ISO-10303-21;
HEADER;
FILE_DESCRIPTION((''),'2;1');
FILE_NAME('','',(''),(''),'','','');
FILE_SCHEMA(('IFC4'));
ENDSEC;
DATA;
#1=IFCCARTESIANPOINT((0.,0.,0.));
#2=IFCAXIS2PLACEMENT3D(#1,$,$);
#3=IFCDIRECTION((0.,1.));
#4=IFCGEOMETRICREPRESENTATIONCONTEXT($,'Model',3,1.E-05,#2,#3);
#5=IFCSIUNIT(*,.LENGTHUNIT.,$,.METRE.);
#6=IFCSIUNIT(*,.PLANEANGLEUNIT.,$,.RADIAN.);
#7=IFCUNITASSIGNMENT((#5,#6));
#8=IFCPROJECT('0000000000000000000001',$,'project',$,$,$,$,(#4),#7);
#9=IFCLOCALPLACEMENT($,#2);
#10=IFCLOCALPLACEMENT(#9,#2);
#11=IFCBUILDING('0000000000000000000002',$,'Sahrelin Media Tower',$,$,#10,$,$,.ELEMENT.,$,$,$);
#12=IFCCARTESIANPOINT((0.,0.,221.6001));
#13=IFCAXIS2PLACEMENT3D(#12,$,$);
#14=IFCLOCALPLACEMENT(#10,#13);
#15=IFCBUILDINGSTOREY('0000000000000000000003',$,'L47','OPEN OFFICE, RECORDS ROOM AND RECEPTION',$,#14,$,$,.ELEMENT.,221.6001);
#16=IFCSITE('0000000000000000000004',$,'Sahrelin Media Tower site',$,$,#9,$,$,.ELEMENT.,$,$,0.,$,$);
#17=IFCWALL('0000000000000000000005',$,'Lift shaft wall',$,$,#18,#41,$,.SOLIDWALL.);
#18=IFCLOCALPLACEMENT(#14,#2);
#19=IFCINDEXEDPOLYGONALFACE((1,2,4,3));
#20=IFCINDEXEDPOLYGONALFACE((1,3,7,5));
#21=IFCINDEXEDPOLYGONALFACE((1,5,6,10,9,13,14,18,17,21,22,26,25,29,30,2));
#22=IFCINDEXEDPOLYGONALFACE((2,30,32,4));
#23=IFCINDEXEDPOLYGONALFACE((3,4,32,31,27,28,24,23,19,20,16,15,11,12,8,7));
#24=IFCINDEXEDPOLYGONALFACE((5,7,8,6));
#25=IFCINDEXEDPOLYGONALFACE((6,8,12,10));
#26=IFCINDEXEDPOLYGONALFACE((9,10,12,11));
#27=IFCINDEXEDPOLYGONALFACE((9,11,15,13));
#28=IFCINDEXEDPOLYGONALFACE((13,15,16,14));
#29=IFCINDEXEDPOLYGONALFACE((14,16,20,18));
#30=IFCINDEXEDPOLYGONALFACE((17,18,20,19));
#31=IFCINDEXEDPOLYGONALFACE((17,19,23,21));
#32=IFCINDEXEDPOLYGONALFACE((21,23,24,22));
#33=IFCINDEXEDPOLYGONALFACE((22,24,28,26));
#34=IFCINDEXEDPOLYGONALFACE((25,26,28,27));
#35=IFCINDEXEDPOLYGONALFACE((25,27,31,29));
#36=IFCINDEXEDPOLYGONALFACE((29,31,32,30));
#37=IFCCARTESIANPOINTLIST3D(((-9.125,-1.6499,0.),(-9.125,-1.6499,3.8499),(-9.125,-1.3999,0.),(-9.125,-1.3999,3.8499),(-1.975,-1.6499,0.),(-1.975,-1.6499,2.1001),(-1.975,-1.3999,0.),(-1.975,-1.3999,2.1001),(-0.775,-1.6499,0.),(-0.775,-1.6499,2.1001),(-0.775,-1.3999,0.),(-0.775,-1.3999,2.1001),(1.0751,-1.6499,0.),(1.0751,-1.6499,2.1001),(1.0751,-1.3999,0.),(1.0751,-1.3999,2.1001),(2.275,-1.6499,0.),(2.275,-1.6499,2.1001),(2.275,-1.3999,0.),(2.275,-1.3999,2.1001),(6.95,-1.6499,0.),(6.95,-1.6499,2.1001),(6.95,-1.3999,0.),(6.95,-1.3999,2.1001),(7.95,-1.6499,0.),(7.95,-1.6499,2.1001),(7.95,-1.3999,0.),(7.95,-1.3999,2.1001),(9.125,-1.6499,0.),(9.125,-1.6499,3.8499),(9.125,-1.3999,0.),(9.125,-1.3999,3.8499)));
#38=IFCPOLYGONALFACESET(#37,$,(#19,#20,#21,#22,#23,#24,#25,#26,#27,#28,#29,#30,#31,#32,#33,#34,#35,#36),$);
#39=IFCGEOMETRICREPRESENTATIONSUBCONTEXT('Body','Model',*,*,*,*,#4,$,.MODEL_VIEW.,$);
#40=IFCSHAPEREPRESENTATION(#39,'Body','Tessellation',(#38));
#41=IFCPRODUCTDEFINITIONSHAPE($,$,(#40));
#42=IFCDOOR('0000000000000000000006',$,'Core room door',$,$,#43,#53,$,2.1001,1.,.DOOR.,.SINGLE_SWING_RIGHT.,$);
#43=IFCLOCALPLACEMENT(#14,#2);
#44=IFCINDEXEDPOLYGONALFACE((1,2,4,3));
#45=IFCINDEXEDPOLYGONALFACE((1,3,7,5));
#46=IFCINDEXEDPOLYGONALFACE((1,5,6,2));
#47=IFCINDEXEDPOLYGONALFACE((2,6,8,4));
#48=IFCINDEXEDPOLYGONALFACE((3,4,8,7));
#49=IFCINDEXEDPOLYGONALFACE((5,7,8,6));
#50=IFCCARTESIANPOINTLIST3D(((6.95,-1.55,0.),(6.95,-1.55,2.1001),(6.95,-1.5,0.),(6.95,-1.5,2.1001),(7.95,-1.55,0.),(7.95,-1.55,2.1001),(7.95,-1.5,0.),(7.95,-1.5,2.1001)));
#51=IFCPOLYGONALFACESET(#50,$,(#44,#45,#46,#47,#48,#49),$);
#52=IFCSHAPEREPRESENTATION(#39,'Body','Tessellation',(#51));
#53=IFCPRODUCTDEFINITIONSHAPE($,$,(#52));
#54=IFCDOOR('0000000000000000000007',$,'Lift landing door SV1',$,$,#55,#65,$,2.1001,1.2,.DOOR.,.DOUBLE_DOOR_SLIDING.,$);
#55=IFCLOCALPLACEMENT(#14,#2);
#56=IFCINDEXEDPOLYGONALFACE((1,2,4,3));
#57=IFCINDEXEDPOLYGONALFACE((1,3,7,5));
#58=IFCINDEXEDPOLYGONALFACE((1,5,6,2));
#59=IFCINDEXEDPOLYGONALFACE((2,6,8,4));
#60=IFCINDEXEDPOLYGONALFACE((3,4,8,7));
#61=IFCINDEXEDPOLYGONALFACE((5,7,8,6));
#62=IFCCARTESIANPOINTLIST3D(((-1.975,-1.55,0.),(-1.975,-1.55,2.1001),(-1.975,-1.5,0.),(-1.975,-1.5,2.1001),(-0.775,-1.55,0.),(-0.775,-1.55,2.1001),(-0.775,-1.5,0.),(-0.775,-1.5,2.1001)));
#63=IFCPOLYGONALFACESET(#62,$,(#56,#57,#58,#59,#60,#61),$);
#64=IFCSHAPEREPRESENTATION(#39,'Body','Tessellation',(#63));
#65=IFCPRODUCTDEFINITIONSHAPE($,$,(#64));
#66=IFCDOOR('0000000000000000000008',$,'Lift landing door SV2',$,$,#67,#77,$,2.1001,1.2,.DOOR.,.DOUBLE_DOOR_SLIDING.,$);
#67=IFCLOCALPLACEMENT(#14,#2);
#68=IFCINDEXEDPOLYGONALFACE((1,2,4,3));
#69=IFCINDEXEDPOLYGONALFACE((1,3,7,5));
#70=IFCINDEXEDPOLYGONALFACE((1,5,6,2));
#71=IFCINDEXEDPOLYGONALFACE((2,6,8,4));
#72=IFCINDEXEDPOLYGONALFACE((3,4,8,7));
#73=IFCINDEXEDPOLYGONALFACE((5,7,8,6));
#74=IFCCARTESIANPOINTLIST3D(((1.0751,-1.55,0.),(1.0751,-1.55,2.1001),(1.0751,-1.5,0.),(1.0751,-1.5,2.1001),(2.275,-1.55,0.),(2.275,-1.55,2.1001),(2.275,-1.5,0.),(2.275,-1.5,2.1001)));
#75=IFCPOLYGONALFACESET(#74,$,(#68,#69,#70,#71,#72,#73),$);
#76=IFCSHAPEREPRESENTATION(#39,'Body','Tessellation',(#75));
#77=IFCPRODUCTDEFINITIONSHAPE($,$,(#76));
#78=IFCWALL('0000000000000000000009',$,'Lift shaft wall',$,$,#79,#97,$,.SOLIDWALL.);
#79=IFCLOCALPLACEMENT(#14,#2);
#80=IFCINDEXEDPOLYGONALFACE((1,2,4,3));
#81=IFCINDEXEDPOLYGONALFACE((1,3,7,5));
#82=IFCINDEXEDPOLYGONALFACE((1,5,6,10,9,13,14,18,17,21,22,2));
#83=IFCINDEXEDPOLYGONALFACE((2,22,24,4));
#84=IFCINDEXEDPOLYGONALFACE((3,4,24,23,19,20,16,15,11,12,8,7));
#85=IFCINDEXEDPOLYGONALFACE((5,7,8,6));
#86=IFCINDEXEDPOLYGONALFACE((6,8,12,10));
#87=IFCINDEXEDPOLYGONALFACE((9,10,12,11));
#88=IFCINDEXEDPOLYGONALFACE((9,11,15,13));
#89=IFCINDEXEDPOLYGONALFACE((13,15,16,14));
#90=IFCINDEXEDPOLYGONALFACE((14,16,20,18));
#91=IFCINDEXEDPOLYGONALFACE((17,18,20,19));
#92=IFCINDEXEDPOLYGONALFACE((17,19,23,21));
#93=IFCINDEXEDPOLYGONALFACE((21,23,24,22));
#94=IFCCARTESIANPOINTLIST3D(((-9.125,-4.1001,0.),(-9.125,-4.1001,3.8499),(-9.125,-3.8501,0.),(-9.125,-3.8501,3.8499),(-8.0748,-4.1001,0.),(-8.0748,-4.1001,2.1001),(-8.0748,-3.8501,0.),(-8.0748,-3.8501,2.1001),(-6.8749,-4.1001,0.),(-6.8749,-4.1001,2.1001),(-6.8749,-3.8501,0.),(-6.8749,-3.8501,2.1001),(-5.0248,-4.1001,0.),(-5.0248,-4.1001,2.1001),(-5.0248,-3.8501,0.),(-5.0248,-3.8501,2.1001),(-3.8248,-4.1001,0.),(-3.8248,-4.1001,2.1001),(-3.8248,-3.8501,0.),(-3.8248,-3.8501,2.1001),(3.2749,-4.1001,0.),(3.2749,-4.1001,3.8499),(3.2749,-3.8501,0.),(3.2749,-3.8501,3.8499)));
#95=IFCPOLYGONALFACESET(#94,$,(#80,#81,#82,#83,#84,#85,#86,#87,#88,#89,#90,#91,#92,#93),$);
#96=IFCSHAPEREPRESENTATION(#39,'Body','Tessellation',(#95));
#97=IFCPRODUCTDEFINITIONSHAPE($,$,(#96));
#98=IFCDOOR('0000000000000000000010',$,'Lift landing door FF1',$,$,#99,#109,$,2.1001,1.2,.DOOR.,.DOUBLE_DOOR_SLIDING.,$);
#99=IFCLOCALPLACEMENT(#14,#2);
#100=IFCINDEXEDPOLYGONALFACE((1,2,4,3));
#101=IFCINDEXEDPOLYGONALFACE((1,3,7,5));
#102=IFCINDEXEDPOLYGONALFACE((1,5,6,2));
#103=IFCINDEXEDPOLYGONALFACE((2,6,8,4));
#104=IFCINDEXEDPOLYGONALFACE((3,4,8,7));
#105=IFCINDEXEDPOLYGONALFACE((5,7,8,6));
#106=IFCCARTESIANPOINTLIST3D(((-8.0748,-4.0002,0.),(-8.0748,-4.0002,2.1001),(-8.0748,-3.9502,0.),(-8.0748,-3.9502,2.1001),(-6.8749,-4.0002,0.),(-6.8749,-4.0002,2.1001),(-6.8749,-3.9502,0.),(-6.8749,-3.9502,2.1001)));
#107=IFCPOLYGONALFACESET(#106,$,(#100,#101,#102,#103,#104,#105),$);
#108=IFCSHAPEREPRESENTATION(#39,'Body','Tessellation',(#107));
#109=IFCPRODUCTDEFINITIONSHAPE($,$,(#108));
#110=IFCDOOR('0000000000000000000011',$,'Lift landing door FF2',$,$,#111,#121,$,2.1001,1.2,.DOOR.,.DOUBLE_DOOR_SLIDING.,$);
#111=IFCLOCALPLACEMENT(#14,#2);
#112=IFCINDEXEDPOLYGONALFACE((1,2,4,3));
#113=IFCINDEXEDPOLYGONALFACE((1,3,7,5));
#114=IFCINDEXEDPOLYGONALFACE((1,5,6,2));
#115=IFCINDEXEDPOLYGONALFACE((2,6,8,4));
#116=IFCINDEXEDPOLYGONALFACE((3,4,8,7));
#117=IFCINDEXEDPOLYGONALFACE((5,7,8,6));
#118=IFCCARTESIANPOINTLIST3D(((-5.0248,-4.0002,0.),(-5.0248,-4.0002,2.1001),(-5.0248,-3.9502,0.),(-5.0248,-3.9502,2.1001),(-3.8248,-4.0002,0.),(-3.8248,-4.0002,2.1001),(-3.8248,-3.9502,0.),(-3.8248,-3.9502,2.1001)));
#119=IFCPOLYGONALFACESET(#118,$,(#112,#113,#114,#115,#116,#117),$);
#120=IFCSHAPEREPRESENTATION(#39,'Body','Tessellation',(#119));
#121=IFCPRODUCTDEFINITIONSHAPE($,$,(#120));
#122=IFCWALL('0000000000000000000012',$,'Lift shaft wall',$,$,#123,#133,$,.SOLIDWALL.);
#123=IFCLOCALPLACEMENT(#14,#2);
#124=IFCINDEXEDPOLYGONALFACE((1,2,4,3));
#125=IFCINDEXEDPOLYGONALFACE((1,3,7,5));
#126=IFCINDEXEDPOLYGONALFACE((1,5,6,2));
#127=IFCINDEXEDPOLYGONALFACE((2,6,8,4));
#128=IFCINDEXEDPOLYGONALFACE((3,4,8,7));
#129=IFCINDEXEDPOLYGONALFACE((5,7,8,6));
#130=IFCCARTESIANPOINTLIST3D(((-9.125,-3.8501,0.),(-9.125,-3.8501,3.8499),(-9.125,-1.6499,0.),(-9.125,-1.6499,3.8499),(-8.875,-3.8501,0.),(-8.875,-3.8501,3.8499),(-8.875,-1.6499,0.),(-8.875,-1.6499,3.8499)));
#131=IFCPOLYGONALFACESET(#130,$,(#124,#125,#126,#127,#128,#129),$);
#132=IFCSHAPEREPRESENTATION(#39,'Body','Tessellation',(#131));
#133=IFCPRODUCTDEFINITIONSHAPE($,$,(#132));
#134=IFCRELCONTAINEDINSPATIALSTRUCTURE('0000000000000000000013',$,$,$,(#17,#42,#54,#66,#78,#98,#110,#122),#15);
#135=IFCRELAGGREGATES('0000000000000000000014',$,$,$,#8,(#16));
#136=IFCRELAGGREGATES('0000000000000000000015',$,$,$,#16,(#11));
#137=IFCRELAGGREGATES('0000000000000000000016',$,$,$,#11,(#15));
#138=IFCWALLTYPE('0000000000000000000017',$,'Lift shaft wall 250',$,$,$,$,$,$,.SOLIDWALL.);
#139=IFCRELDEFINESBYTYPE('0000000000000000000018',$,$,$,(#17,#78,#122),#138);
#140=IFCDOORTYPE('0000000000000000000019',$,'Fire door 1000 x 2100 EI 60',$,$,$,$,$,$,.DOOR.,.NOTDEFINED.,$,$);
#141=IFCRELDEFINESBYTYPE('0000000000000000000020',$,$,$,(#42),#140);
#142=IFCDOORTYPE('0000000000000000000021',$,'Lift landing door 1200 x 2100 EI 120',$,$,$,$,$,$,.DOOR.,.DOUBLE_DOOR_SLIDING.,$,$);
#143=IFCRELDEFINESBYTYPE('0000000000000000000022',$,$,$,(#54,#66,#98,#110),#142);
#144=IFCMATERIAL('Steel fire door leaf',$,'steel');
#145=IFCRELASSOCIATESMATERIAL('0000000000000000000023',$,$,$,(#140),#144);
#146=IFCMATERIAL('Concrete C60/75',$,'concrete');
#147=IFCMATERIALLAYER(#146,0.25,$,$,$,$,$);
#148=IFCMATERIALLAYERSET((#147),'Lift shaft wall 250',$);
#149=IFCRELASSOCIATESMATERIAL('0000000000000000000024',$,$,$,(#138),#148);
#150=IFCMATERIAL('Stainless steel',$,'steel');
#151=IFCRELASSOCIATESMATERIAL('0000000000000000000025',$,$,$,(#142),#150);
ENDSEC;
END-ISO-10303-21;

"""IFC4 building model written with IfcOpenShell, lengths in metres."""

from ifc_helpers import new_model, si_unit, direction, frame, frame_2d, origin, place, context, subcontext, project, spatial, rectangle, extrude, material, layer, layer_set, type_object, element, fill, save


model = new_model("IFC4")

# Units and contexts
model_context = context("Model", 3, precision=1e-05, world=origin(), true_north=direction((0.0, 1.0)))
body_context = subcontext(model_context, "Body", "Model", "MODEL_VIEW")
ifc_project = project(units=[si_unit("LENGTHUNIT", "METRE"), si_unit("PLANEANGLEUNIT", "RADIAN")], contexts=[model_context])

# Site, building, storey
site_placement = place(None, origin())
site = spatial("IfcSite", under=ifc_project, at=site_placement, Name="Sahrelin Media Tower site", CompositionType="ELEMENT", RefElevation=0.0)
building_placement = place(site_placement, origin())
building = spatial("IfcBuilding", under=site, at=building_placement, Name="Sahrelin Media Tower", CompositionType="ELEMENT")
storey_placement = place(building_placement, frame((0.0, 0.0, 221.6001)))
storey = spatial("IfcBuildingStorey", under=building, at=storey_placement, Name="L47", Description="OPEN OFFICE, RECORDS ROOM AND RECEPTION", CompositionType="ELEMENT", Elevation=221.6001)

# Shared definitions
ifc_material_1 = material(Name="Concrete C60/75", Category="concrete")
ifc_material_2 = material(Name="Steel fire door leaf", Category="steel")
door_type_1 = type_object("IfcDoorType", Name="Fire door 1000 x 2100 EI 60", OperationType="NOTDEFINED", PredefinedType="DOOR", material=ifc_material_2)

# Walls, openings, doors
ifc_layer_1 = layer(ifc_material_1, 0.25)
ifc_layer_set_1 = layer_set([ifc_layer_1], Name="Lift shaft wall 250")
wall_type_1 = type_object("IfcWallType", Name="Lift shaft wall 250", PredefinedType="SOLIDWALL", material=ifc_layer_set_1)
wall_1_placement = place(storey_placement, frame((-9.125, -1.5249, 0.0), z_axis=(0.0, 0.0, 1.0), x_axis=(1.0, 0.0, 0.0)))
wall_1 = element("IfcWall", 1, at=wall_1_placement, inside=storey, type_object=wall_type_1, Name="Lift shaft wall", PredefinedType="SOLIDWALL", context=body_context, shape_type="SweptSolid", body=[
    extrude(rectangle(XDim=18.25, YDim=0.25, at=frame_2d((9.125, 0.0))), origin(), (0.0, 0.0, 1.0), 3.8499),
])
opening_1_placement = place(wall_1_placement, frame((7.1499, 0.0, 0.0)))
opening_1 = element("IfcOpeningElement", 2, at=opening_1_placement, cuts=wall_1, PredefinedType="OPENING", context=body_context, shape_type="SweptSolid", body=[
    extrude(rectangle(XDim=1.2, YDim=2.1001, at=frame_2d((0.6001, 1.05))), frame((0.0, 0.125, 0.0), z_axis=(0.0, -1.0, 0.0), x_axis=(1.0, 0.0, 0.0)), (0.0, 0.0, 1.0), 0.25),
])
opening_2_placement = place(wall_1_placement, frame((10.2, 0.0, 0.0)))
opening_2 = element("IfcOpeningElement", 3, at=opening_2_placement, cuts=wall_1, PredefinedType="OPENING", context=body_context, shape_type="SweptSolid", body=[
    extrude(rectangle(XDim=1.2, YDim=2.1001, at=frame_2d((0.6001, 1.05))), frame((0.0, 0.125, 0.0), z_axis=(0.0, -1.0, 0.0), x_axis=(1.0, 0.0, 0.0)), (0.0, 0.0, 1.0), 0.25),
])
opening_3_placement = place(wall_1_placement, frame((16.075, 0.0, 0.0)))
opening_3 = element("IfcOpeningElement", 4, at=opening_3_placement, cuts=wall_1, PredefinedType="OPENING", context=body_context, shape_type="SweptSolid", body=[
    extrude(rectangle(XDim=1.0, YDim=2.1001, at=frame_2d((0.5, 1.05))), frame((0.0, 0.125, 0.0), z_axis=(0.0, -1.0, 0.0), x_axis=(1.0, 0.0, 0.0)), (0.0, 0.0, 1.0), 0.25),
])
door_1_placement = place(opening_3_placement, origin())
door_1 = element("IfcDoor", 5, at=door_1_placement, inside=storey, type_object=door_type_1, Name="Core room door", OperationType="SINGLE_SWING_RIGHT", OverallHeight=2.1001, OverallWidth=1.0, PredefinedType="DOOR", context=body_context, shape_type="SweptSolid", body=[
    extrude(rectangle(XDim=1.0, YDim=2.1001, at=frame_2d((0.5, 1.05))), frame((0.0, 0.0249, 0.0), z_axis=(0.0, -1.0, 0.0), x_axis=(1.0, 0.0, 0.0)), (0.0, 0.0, 1.0), 0.05),
])
fill(opening_3, door_1)
ifc_material_3 = material(Name="Stainless steel", Category="steel")
door_type_2 = type_object("IfcDoorType", Name="Lift landing door 1200 x 2100 EI 120", OperationType="DOUBLE_DOOR_SLIDING", PredefinedType="DOOR", material=ifc_material_3)
door_2_placement = place(opening_1_placement, origin())
door_2 = element("IfcDoor", 6, at=door_2_placement, inside=storey, type_object=door_type_2, Name="Lift landing door SV1", OperationType="DOUBLE_DOOR_SLIDING", OverallHeight=2.1001, OverallWidth=1.2, PredefinedType="DOOR", context=body_context, shape_type="SweptSolid", body=[
    extrude(rectangle(XDim=1.2, YDim=2.1001, at=frame_2d((0.6001, 1.05))), frame((0.0, 0.0249, 0.0), z_axis=(0.0, -1.0, 0.0), x_axis=(1.0, 0.0, 0.0)), (0.0, 0.0, 1.0), 0.05),
])
fill(opening_1, door_2)
door_3_placement = place(opening_2_placement, origin())
door_3 = element("IfcDoor", 7, at=door_3_placement, inside=storey, type_object=door_type_2, Name="Lift landing door SV2", OperationType="DOUBLE_DOOR_SLIDING", OverallHeight=2.1001, OverallWidth=1.2, PredefinedType="DOOR", context=body_context, shape_type="SweptSolid", body=[
    extrude(rectangle(XDim=1.2, YDim=2.1001, at=frame_2d((0.6001, 1.05))), frame((0.0, 0.0249, 0.0), z_axis=(0.0, -1.0, 0.0), x_axis=(1.0, 0.0, 0.0)), (0.0, 0.0, 1.0), 0.05),
])
fill(opening_2, door_3)
wall_2_placement = place(storey_placement, frame((-9.125, -3.9751, 0.0), z_axis=(0.0, 0.0, 1.0), x_axis=(1.0, 0.0, 0.0)))
wall_2 = element("IfcWall", 8, at=wall_2_placement, inside=storey, type_object=wall_type_1, Name="Lift shaft wall", PredefinedType="SOLIDWALL", context=body_context, shape_type="SweptSolid", body=[
    extrude(rectangle(XDim=12.3999, YDim=0.25, at=frame_2d((6.2, 0.0))), origin(), (0.0, 0.0, 1.0), 3.8499),
])
opening_4_placement = place(wall_2_placement, frame((1.05, 0.0, 0.0)))
opening_4 = element("IfcOpeningElement", 9, at=opening_4_placement, cuts=wall_2, PredefinedType="OPENING", context=body_context, shape_type="SweptSolid", body=[
    extrude(rectangle(XDim=1.2, YDim=2.1001, at=frame_2d((0.6001, 1.05))), frame((0.0, 0.125, 0.0), z_axis=(0.0, -1.0, 0.0), x_axis=(1.0, 0.0, 0.0)), (0.0, 0.0, 1.0), 0.25),
])
opening_5_placement = place(wall_2_placement, frame((4.1001, 0.0, 0.0)))
opening_5 = element("IfcOpeningElement", 10, at=opening_5_placement, cuts=wall_2, PredefinedType="OPENING", context=body_context, shape_type="SweptSolid", body=[
    extrude(rectangle(XDim=1.2, YDim=2.1001, at=frame_2d((0.6001, 1.05))), frame((0.0, 0.125, 0.0), z_axis=(0.0, -1.0, 0.0), x_axis=(1.0, 0.0, 0.0)), (0.0, 0.0, 1.0), 0.25),
])
door_4_placement = place(opening_4_placement, origin())
door_4 = element("IfcDoor", 11, at=door_4_placement, inside=storey, type_object=door_type_2, Name="Lift landing door FF1", OperationType="DOUBLE_DOOR_SLIDING", OverallHeight=2.1001, OverallWidth=1.2, PredefinedType="DOOR", context=body_context, shape_type="SweptSolid", body=[
    extrude(rectangle(XDim=1.2, YDim=2.1001, at=frame_2d((0.6001, 1.05))), frame((0.0, 0.0249, 0.0), z_axis=(0.0, -1.0, 0.0), x_axis=(1.0, 0.0, 0.0)), (0.0, 0.0, 1.0), 0.05),
])
fill(opening_4, door_4)
door_5_placement = place(opening_5_placement, origin())
door_5 = element("IfcDoor", 12, at=door_5_placement, inside=storey, type_object=door_type_2, Name="Lift landing door FF2", OperationType="DOUBLE_DOOR_SLIDING", OverallHeight=2.1001, OverallWidth=1.2, PredefinedType="DOOR", context=body_context, shape_type="SweptSolid", body=[
    extrude(rectangle(XDim=1.2, YDim=2.1001, at=frame_2d((0.6001, 1.05))), frame((0.0, 0.0249, 0.0), z_axis=(0.0, -1.0, 0.0), x_axis=(1.0, 0.0, 0.0)), (0.0, 0.0, 1.0), 0.05),
])
fill(opening_5, door_5)

# Wall
wall_3_placement = place(storey_placement, frame((-9.0, -3.8501, 0.0), z_axis=(0.0, 0.0, 1.0), x_axis=(0.0, 1.0, 0.0)))
element("IfcWall", 13, at=wall_3_placement, inside=storey, type_object=wall_type_1, Name="Lift shaft wall", PredefinedType="SOLIDWALL", context=body_context, shape_type="SweptSolid", body=[
    extrude(rectangle(XDim=2.2002, YDim=0.25, at=frame_2d((1.1001, 0.0))), origin(), (0.0, 0.0, 1.0), 3.8499),
])

save(model, "model.ifc")
